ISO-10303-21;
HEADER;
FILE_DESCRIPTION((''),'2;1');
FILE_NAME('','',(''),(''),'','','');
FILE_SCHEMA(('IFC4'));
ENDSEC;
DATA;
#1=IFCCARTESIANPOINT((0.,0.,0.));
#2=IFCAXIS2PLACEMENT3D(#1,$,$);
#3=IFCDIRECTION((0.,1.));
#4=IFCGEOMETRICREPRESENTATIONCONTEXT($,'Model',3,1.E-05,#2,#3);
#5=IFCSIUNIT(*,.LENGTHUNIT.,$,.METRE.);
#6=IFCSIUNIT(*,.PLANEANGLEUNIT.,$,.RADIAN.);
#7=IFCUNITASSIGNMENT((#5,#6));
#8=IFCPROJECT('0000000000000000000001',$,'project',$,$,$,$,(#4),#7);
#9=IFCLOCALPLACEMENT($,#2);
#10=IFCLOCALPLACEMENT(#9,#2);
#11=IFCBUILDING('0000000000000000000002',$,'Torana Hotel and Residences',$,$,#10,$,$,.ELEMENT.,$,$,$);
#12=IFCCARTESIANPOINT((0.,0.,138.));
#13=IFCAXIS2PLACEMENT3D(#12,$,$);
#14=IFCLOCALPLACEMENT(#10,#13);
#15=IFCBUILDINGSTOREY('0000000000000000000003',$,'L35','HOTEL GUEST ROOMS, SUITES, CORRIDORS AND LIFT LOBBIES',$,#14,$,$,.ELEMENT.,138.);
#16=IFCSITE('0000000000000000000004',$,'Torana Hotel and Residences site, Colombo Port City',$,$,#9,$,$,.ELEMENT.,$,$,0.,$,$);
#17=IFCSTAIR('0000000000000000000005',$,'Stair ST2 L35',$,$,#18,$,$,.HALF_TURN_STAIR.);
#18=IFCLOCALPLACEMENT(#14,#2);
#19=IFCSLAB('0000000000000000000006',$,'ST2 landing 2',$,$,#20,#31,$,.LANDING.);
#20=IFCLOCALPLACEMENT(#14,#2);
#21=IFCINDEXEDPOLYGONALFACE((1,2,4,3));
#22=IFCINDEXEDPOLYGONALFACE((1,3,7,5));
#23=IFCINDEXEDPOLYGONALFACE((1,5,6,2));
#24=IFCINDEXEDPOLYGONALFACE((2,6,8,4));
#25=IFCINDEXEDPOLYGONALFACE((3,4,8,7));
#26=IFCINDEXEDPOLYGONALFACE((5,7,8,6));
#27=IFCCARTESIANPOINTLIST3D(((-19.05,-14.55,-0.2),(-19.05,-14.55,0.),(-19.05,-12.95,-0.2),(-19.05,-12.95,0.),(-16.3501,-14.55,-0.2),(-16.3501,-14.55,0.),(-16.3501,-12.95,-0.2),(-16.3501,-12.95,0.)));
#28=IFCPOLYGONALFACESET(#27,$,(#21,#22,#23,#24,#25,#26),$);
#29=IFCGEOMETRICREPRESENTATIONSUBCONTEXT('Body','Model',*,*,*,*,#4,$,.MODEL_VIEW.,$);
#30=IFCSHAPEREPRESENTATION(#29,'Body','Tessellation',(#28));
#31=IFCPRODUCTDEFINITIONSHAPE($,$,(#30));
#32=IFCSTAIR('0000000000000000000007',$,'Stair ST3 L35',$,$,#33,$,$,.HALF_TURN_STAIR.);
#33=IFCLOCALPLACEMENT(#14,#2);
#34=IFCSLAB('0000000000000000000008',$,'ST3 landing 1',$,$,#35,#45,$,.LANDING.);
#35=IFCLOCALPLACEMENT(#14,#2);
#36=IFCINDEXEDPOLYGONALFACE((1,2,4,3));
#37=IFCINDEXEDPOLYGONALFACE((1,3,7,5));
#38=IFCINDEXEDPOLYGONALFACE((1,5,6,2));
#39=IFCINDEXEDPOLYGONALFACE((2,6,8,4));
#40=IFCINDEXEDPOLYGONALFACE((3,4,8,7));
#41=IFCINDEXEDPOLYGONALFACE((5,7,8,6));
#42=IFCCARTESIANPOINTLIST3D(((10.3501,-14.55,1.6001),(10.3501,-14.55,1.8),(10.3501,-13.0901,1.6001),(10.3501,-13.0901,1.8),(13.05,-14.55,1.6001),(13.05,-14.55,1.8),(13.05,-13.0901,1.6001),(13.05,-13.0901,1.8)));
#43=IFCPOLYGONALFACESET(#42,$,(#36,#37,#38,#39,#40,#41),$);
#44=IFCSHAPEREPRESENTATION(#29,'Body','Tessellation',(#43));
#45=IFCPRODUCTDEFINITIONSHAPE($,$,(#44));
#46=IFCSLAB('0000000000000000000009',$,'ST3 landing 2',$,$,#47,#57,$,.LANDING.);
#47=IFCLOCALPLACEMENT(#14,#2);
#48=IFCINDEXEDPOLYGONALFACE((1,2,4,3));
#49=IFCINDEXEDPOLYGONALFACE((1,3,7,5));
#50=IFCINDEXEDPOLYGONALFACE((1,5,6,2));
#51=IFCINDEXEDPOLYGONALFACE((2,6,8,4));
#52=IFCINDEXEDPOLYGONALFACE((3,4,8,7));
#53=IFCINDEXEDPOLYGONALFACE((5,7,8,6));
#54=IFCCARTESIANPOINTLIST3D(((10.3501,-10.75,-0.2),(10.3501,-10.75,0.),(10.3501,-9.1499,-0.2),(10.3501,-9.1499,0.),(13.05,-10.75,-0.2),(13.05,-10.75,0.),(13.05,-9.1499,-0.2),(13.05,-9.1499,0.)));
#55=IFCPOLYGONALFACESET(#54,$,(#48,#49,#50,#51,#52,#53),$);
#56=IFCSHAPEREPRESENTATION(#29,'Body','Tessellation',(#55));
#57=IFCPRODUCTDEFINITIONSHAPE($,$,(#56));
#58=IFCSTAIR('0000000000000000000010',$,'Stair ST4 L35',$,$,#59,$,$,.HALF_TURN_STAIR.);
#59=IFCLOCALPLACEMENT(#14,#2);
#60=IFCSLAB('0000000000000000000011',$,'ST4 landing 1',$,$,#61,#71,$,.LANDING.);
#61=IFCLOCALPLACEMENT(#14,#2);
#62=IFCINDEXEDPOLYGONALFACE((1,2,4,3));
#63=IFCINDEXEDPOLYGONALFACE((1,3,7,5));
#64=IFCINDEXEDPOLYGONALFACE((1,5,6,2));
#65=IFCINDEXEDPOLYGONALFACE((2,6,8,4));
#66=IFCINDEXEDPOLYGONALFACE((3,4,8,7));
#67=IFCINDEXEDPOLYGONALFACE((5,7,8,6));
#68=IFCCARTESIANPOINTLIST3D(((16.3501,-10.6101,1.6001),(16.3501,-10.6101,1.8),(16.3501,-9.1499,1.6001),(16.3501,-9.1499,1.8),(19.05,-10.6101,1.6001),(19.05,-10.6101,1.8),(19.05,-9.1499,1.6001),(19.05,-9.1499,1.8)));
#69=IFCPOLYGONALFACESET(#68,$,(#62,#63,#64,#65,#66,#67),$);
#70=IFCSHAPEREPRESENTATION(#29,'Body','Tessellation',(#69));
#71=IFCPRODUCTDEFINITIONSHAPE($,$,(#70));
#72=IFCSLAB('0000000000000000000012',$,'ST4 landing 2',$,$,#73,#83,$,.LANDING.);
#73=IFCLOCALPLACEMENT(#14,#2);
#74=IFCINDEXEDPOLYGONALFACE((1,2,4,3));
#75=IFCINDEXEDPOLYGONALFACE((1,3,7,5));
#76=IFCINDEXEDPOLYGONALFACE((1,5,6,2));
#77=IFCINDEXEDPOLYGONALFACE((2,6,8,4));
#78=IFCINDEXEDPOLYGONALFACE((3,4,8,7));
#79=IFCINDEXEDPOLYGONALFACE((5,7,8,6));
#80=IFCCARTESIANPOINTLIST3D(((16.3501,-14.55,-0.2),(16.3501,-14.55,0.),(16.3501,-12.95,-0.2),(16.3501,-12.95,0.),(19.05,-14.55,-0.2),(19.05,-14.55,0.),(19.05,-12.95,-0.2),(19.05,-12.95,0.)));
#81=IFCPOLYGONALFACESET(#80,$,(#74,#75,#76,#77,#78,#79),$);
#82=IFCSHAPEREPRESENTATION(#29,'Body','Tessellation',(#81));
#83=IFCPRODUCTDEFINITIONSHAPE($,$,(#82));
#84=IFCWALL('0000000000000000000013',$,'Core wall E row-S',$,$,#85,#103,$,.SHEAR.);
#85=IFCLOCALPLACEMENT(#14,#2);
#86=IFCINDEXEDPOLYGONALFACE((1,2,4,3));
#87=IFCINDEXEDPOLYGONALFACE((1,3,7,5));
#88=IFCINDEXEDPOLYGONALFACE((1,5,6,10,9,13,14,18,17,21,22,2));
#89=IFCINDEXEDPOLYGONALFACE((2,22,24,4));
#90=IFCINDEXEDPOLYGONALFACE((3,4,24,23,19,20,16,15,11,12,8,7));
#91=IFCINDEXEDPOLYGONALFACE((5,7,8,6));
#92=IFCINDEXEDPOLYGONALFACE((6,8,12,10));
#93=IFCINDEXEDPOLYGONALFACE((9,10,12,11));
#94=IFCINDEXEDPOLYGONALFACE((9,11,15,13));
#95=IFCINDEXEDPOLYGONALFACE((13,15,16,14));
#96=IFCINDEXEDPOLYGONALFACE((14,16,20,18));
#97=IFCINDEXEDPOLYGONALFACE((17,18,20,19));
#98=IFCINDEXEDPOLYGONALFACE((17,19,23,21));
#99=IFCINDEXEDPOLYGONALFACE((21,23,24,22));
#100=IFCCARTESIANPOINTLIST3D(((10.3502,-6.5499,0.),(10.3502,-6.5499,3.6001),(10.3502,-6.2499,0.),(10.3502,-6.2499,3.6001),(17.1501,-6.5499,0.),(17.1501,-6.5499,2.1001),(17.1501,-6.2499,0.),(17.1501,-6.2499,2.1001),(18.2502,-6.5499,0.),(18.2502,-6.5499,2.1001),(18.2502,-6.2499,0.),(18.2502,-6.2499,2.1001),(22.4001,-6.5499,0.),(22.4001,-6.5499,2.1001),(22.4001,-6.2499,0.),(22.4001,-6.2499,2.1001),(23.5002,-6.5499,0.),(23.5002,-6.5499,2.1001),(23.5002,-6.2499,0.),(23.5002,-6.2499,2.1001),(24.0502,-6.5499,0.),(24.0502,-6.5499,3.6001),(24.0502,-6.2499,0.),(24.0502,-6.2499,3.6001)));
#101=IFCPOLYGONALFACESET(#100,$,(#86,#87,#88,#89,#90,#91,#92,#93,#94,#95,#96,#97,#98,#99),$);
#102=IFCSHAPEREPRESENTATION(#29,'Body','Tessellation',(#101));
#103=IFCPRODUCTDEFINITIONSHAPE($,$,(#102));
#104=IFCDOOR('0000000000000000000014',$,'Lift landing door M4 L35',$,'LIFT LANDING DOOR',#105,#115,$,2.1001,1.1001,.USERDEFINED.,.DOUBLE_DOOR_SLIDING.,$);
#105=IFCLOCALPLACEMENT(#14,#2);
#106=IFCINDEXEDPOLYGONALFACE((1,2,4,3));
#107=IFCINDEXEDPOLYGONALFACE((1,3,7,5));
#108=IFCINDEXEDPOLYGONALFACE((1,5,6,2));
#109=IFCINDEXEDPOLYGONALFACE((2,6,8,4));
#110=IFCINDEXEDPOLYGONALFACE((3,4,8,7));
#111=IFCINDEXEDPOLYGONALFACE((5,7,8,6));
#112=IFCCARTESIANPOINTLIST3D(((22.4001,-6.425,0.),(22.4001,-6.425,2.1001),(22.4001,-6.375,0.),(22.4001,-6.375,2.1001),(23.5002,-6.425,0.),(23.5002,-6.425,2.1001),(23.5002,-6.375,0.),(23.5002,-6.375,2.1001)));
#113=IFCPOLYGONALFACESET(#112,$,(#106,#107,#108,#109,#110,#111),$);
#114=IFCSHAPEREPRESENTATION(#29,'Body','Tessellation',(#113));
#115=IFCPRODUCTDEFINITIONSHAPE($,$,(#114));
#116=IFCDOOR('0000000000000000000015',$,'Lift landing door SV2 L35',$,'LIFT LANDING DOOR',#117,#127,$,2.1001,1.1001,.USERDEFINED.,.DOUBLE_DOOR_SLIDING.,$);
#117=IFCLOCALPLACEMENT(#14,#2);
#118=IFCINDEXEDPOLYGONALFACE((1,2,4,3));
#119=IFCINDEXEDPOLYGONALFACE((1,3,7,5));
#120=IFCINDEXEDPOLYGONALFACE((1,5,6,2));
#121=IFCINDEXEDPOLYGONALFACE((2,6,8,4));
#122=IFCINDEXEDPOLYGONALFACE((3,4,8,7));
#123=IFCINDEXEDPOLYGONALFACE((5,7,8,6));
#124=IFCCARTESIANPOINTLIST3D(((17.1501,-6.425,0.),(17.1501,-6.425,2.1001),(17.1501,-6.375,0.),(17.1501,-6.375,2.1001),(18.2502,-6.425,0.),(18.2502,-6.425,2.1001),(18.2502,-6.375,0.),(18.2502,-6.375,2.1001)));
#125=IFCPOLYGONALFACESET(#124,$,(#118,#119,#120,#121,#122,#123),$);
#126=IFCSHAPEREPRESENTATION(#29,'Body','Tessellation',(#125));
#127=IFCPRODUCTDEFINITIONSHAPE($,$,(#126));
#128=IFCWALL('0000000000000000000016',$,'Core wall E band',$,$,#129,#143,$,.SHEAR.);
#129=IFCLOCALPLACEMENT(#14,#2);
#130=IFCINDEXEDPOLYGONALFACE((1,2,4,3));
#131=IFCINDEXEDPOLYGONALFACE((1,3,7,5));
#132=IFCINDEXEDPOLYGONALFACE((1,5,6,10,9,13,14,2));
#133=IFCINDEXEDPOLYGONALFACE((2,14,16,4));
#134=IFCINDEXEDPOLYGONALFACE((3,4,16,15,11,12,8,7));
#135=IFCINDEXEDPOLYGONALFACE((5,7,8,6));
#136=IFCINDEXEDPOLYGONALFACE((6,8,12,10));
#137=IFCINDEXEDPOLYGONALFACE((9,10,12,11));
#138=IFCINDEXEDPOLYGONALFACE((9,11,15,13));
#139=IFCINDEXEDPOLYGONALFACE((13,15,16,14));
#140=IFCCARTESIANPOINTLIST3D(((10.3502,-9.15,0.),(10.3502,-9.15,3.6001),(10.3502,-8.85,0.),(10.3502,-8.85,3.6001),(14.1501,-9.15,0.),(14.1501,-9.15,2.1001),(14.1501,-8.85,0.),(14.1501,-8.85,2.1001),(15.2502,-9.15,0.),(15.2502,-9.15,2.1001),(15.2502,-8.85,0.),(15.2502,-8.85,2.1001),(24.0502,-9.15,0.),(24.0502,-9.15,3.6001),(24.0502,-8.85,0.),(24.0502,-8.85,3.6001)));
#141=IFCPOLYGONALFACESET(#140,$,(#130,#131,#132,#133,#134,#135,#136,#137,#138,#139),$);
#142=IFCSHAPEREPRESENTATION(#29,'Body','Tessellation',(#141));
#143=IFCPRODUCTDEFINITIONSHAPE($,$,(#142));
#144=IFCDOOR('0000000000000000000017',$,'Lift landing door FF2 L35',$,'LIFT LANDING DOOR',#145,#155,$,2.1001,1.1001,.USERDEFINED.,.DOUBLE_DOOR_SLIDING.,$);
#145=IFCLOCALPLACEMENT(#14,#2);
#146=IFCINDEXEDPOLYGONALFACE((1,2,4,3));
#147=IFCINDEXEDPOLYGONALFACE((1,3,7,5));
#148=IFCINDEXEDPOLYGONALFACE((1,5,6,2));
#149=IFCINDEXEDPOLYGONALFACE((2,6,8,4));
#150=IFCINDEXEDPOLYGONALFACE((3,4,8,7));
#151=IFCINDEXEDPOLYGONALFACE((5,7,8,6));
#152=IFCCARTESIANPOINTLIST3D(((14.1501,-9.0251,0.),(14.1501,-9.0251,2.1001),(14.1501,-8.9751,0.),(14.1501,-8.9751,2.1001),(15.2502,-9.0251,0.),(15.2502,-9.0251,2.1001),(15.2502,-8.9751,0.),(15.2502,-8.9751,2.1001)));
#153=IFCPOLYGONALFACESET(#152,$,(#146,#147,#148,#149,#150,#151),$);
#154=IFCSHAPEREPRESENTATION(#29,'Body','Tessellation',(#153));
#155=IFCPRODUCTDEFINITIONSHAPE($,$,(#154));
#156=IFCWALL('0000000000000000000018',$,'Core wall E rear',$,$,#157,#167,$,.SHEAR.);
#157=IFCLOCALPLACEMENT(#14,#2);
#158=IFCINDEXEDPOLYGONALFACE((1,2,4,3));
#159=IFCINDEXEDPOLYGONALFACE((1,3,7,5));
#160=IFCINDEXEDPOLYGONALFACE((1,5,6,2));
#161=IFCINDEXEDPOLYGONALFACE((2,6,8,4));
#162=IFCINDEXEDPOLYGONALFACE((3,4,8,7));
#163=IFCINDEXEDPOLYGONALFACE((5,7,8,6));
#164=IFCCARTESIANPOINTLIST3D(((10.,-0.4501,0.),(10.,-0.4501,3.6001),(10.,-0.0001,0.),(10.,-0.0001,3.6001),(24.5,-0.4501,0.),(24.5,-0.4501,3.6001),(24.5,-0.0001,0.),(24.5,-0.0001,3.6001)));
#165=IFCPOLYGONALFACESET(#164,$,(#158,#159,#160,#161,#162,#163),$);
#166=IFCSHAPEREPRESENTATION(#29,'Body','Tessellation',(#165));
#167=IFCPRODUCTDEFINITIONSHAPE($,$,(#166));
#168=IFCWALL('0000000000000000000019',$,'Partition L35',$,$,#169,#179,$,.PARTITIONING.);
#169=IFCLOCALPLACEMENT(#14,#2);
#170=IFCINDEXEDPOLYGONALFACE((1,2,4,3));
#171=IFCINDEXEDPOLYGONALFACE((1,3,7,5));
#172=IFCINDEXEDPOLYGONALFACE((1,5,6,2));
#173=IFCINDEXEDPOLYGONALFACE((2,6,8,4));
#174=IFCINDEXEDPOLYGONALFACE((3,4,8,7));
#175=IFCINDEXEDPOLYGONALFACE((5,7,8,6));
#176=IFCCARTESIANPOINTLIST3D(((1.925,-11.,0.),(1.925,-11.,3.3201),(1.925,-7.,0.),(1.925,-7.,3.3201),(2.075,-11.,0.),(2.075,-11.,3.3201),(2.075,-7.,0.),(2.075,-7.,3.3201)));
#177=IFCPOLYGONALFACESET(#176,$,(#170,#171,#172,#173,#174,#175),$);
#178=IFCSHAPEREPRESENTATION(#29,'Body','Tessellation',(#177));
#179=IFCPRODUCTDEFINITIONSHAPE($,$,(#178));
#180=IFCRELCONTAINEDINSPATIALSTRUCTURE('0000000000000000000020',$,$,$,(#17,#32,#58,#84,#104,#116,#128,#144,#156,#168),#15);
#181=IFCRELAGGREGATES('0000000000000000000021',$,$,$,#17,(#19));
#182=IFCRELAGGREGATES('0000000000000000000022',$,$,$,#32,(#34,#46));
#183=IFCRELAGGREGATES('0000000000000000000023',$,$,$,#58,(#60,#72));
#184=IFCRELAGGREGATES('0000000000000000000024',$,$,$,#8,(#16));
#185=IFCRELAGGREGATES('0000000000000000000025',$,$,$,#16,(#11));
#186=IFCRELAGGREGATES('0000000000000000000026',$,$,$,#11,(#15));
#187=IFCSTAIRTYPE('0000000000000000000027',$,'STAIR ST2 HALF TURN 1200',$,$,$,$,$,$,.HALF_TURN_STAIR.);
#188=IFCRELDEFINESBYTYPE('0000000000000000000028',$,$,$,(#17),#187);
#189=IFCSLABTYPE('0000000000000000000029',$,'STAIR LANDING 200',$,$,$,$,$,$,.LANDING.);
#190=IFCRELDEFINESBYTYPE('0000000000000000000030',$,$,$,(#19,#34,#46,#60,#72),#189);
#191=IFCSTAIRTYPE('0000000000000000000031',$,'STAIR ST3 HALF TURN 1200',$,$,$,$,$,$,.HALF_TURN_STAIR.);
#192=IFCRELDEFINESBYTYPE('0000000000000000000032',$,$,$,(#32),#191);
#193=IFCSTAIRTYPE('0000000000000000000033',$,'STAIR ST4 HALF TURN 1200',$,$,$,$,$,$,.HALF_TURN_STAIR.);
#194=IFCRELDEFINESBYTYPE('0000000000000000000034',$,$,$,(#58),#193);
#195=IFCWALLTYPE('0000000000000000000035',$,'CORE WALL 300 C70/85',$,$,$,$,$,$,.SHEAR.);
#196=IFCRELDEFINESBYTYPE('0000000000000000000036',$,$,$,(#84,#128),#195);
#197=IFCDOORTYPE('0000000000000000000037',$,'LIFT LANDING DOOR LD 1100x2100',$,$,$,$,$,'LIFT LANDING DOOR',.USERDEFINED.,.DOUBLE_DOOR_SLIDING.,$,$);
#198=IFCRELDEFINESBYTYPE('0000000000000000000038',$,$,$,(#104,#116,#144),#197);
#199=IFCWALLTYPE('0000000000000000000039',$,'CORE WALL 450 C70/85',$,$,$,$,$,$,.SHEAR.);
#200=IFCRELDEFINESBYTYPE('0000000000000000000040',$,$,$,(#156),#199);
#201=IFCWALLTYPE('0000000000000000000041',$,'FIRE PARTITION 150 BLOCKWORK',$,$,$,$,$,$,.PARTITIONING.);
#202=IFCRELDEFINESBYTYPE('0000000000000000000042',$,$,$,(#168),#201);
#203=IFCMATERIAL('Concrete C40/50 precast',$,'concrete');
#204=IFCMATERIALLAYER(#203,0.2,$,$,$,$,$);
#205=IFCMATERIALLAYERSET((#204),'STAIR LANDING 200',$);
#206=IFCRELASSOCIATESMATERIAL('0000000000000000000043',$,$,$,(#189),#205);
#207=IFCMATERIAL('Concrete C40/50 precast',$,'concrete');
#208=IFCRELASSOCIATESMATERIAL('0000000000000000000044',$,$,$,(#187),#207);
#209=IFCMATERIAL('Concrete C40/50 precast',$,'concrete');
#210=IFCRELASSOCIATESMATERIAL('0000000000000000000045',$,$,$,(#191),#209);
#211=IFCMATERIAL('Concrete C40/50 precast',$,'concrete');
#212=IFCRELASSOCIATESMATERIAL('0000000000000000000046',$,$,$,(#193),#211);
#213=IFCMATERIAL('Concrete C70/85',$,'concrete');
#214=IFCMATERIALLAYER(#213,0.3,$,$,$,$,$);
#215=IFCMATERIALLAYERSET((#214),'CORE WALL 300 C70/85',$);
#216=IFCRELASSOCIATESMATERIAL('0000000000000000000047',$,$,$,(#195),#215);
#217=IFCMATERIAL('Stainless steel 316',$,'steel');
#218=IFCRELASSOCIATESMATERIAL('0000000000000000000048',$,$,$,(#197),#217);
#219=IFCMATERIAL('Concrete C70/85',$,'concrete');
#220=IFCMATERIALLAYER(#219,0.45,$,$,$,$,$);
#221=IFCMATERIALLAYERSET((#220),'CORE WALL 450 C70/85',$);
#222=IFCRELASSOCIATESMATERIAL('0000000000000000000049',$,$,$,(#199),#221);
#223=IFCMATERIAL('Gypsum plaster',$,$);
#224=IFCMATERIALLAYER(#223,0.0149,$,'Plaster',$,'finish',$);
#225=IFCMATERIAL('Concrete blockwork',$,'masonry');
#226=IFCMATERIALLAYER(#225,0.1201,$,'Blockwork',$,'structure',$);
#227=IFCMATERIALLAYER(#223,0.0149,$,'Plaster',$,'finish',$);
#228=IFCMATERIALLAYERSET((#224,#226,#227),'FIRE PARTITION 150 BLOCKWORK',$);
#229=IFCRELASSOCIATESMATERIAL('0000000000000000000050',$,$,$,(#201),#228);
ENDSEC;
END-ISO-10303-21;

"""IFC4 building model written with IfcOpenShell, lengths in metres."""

from ifc_helpers import new_model, si_unit, direction, frame, frame_2d, origin, place, context, subcontext, project, spatial, polyline, rectangle, outline, extrude, material, layer, layer_set, type_object, element, fill, aggregate, save


model = new_model("IFC4")

# Units and contexts
model_context = context("Model", 3, precision=1e-05, world=origin(), true_north=direction((0.0, 1.0)))
body_context = subcontext(model_context, "Body", "Model", "MODEL_VIEW")
ifc_project = project(units=[si_unit("LENGTHUNIT", "METRE"), si_unit("PLANEANGLEUNIT", "RADIAN")], contexts=[model_context])

# Site, building, storey
site_placement = place(None, origin())
site = spatial("IfcSite", under=ifc_project, at=site_placement, Name="Torana Hotel and Residences site, Colombo Port City", CompositionType="ELEMENT", RefElevation=0.0)
building_placement = place(site_placement, origin())
building = spatial("IfcBuilding", under=site, at=building_placement, Name="Torana Hotel and Residences", CompositionType="ELEMENT")
storey_placement = place(building_placement, frame((0.0, 0.0, 138.0)))
storey = spatial("IfcBuildingStorey", under=building, at=storey_placement, Name="L35", Description="HOTEL GUEST ROOMS, SUITES, CORRIDORS AND LIFT LOBBIES", CompositionType="ELEMENT", Elevation=138.0)

# Stairs, slabs
ifc_material_1 = material(Name="Concrete C40/50 precast", Category="concrete")
ifc_layer_1 = layer(ifc_material_1, 0.2)
ifc_layer_set_1 = layer_set([ifc_layer_1], Name="STAIR LANDING 200")
slab_type_1 = type_object("IfcSlabType", Name="STAIR LANDING 200", PredefinedType="LANDING", material=ifc_layer_set_1)
ifc_material_2 = material(Name="Concrete C40/50 precast", Category="concrete")
stair_type_1 = type_object("IfcStairType", Name="STAIR ST2 HALF TURN 1200", PredefinedType="HALF_TURN_STAIR", material=ifc_material_2)
stair_1_placement = place(storey_placement, origin())
stair_1 = element("IfcStair", 1, at=stair_1_placement, inside=storey, type_object=stair_type_1, Name="Stair ST2 L35", PredefinedType="HALF_TURN_STAIR")
slab_1_placement = place(storey_placement, frame((0.0, 0.0, -0.2)))
slab_1 = element("IfcSlab", 2, at=slab_1_placement, type_object=slab_type_1, Name="ST2 landing 2", PredefinedType="LANDING", context=body_context, shape_type="SweptSolid", body=[
    extrude(outline(polyline([(-19.05, -14.55), (-16.3501, -14.55), (-16.3501, -12.95), (-19.05, -12.95), (-19.05, -14.55)])), origin(), (0.0, 0.0, 1.0), 0.2),
])
aggregate(stair_1, [slab_1])
ifc_material_3 = material(Name="Concrete C40/50 precast", Category="concrete")
stair_type_2 = type_object("IfcStairType", Name="STAIR ST3 HALF TURN 1200", PredefinedType="HALF_TURN_STAIR", material=ifc_material_3)
stair_2_placement = place(storey_placement, origin())
stair_2 = element("IfcStair", 3, at=stair_2_placement, inside=storey, type_object=stair_type_2, Name="Stair ST3 L35", PredefinedType="HALF_TURN_STAIR")
slab_2_placement = place(storey_placement, frame((0.0, 0.0, 1.6001)))
slab_2 = element("IfcSlab", 4, at=slab_2_placement, type_object=slab_type_1, Name="ST3 landing 1", PredefinedType="LANDING", context=body_context, shape_type="SweptSolid", body=[
    extrude(outline(polyline([(10.3501, -14.55), (13.05, -14.55), (13.05, -13.0901), (10.3501, -13.0901), (10.3501, -14.55)])), origin(), (0.0, 0.0, 1.0), 0.2),
])
slab_3_placement = place(storey_placement, frame((0.0, 0.0, -0.2)))
slab_3 = element("IfcSlab", 5, at=slab_3_placement, type_object=slab_type_1, Name="ST3 landing 2", PredefinedType="LANDING", context=body_context, shape_type="SweptSolid", body=[
    extrude(outline(polyline([(10.3501, -10.75), (13.05, -10.75), (13.05, -9.1499), (10.3501, -9.1499), (10.3501, -10.75)])), origin(), (0.0, 0.0, 1.0), 0.2),
])
aggregate(stair_2, [slab_2, slab_3])
ifc_material_4 = material(Name="Concrete C40/50 precast", Category="concrete")
stair_type_3 = type_object("IfcStairType", Name="STAIR ST4 HALF TURN 1200", PredefinedType="HALF_TURN_STAIR", material=ifc_material_4)
stair_3_placement = place(storey_placement, origin())
stair_3 = element("IfcStair", 6, at=stair_3_placement, inside=storey, type_object=stair_type_3, Name="Stair ST4 L35", PredefinedType="HALF_TURN_STAIR")
slab_4_placement = place(storey_placement, frame((0.0, 0.0, 1.6001)))
slab_4 = element("IfcSlab", 7, at=slab_4_placement, type_object=slab_type_1, Name="ST4 landing 1", PredefinedType="LANDING", context=body_context, shape_type="SweptSolid", body=[
    extrude(outline(polyline([(16.3501, -10.6101), (19.05, -10.6101), (19.05, -9.1499), (16.3501, -9.1499), (16.3501, -10.6101)])), origin(), (0.0, 0.0, 1.0), 0.2),
])
slab_5_placement = place(storey_placement, frame((0.0, 0.0, -0.2)))
slab_5 = element("IfcSlab", 8, at=slab_5_placement, type_object=slab_type_1, Name="ST4 landing 2", PredefinedType="LANDING", context=body_context, shape_type="SweptSolid", body=[
    extrude(outline(polyline([(16.3501, -14.55), (19.05, -14.55), (19.05, -12.95), (16.3501, -12.95), (16.3501, -14.55)])), origin(), (0.0, 0.0, 1.0), 0.2),
])
aggregate(stair_3, [slab_4, slab_5])

# Wall, openings, doors
ifc_material_5 = material(Name="Concrete C70/85", Category="concrete")
ifc_layer_2 = layer(ifc_material_5, 0.3)
ifc_layer_set_2 = layer_set([ifc_layer_2], Name="CORE WALL 300 C70/85")
wall_type_1 = type_object("IfcWallType", Name="CORE WALL 300 C70/85", PredefinedType="SHEAR", material=ifc_layer_set_2)
wall_1_placement = place(storey_placement, frame((10.3501, -6.3999, 0.0), z_axis=(0.0, 0.0, 1.0), x_axis=(1.0, 0.0, 0.0)))
wall_1 = element("IfcWall", 9, at=wall_1_placement, inside=storey, type_object=wall_type_1, Name="Core wall E row-S", PredefinedType="SHEAR", context=body_context, shape_type="SweptSolid", body=[
    extrude(rectangle(XDim=13.7, YDim=0.3, at=frame_2d((6.8501, 0.0))), origin(), (0.0, 0.0, 1.0), 3.6001),
])
opening_1_placement = place(wall_1_placement, frame((12.05, 0.0, 0.0)))
opening_1 = element("IfcOpeningElement", 10, at=opening_1_placement, cuts=wall_1, PredefinedType="OPENING", context=body_context, shape_type="SweptSolid", body=[
    extrude(rectangle(XDim=1.1001, YDim=2.1001, at=frame_2d((0.55, 1.05))), frame((0.0, 0.1599, 0.0), z_axis=(0.0, -1.0, 0.0), x_axis=(1.0, 0.0, 0.0)), (0.0, 0.0, 1.0), 0.3201),
])
opening_2_placement = place(wall_1_placement, frame((6.8, 0.0, 0.0)))
opening_2 = element("IfcOpeningElement", 11, at=opening_2_placement, cuts=wall_1, PredefinedType="OPENING", context=body_context, shape_type="SweptSolid", body=[
    extrude(rectangle(XDim=1.1001, YDim=2.1001, at=frame_2d((0.55, 1.05))), frame((0.0, 0.1599, 0.0), z_axis=(0.0, -1.0, 0.0), x_axis=(1.0, 0.0, 0.0)), (0.0, 0.0, 1.0), 0.3201),
])
ifc_material_6 = material(Name="Stainless steel 316", Category="steel")
door_type = type_object("IfcDoorType", Name="LIFT LANDING DOOR LD 1100x2100", ElementType="LIFT LANDING DOOR", OperationType="DOUBLE_DOOR_SLIDING", PredefinedType="USERDEFINED", material=ifc_material_6)
door_1_placement = place(opening_1_placement, origin())
door_1 = element("IfcDoor", 12, at=door_1_placement, inside=storey, type_object=door_type, Name="Lift landing door M4 L35", ObjectType="LIFT LANDING DOOR", OperationType="DOUBLE_DOOR_SLIDING", OverallHeight=2.1001, OverallWidth=1.1001, PredefinedType="USERDEFINED", context=body_context, shape_type="SweptSolid", body=[
    extrude(rectangle(XDim=1.1001, YDim=2.1001, at=frame_2d((0.55, 1.05))), frame((0.0, 0.0249, 0.0), z_axis=(0.0, -1.0, 0.0), x_axis=(1.0, 0.0, 0.0)), (0.0, 0.0, 1.0), 0.05),
])
fill(opening_1, door_1)
door_2_placement = place(opening_2_placement, origin())
door_2 = element("IfcDoor", 13, at=door_2_placement, inside=storey, type_object=door_type, Name="Lift landing door SV2 L35", ObjectType="LIFT LANDING DOOR", OperationType="DOUBLE_DOOR_SLIDING", OverallHeight=2.1001, OverallWidth=1.1001, PredefinedType="USERDEFINED", context=body_context, shape_type="SweptSolid", body=[
    extrude(rectangle(XDim=1.1001, YDim=2.1001, at=frame_2d((0.55, 1.05))), frame((0.0, 0.0249, 0.0), z_axis=(0.0, -1.0, 0.0), x_axis=(1.0, 0.0, 0.0)), (0.0, 0.0, 1.0), 0.05),
])
fill(opening_2, door_2)

# Wall, opening, door
wall_2_placement = place(storey_placement, frame((10.3501, -9.0, 0.0), z_axis=(0.0, 0.0, 1.0), x_axis=(1.0, 0.0, 0.0)))
wall_2 = element("IfcWall", 14, at=wall_2_placement, inside=storey, type_object=wall_type_1, Name="Core wall E band", PredefinedType="SHEAR", context=body_context, shape_type="SweptSolid", body=[
    extrude(rectangle(XDim=13.7, YDim=0.3, at=frame_2d((6.8501, 0.0))), origin(), (0.0, 0.0, 1.0), 3.6001),
])
opening_3_placement = place(wall_2_placement, frame((3.8, 0.0, 0.0)))
opening_3 = element("IfcOpeningElement", 15, at=opening_3_placement, cuts=wall_2, PredefinedType="OPENING", context=body_context, shape_type="SweptSolid", body=[
    extrude(rectangle(XDim=1.1001, YDim=2.1001, at=frame_2d((0.55, 1.05))), frame((0.0, 0.1599, 0.0), z_axis=(0.0, -1.0, 0.0), x_axis=(1.0, 0.0, 0.0)), (0.0, 0.0, 1.0), 0.3201),
])
door_3_placement = place(opening_3_placement, origin())
door_3 = element("IfcDoor", 16, at=door_3_placement, inside=storey, type_object=door_type, Name="Lift landing door FF2 L35", ObjectType="LIFT LANDING DOOR", OperationType="DOUBLE_DOOR_SLIDING", OverallHeight=2.1001, OverallWidth=1.1001, PredefinedType="USERDEFINED", context=body_context, shape_type="SweptSolid", body=[
    extrude(rectangle(XDim=1.1001, YDim=2.1001, at=frame_2d((0.55, 1.05))), frame((0.0, 0.0249, 0.0), z_axis=(0.0, -1.0, 0.0), x_axis=(1.0, 0.0, 0.0)), (0.0, 0.0, 1.0), 0.05),
])
fill(opening_3, door_3)

# Walls
ifc_material_7 = material(Name="Concrete C70/85", Category="concrete")
ifc_layer_3 = layer(ifc_material_7, 0.45)
ifc_layer_set_3 = layer_set([ifc_layer_3], Name="CORE WALL 450 C70/85")
wall_type_2 = type_object("IfcWallType", Name="CORE WALL 450 C70/85", PredefinedType="SHEAR", material=ifc_layer_set_3)
wall_3_placement = place(storey_placement, frame((10.0, -0.2251, 0.0), z_axis=(0.0, 0.0, 1.0), x_axis=(1.0, 0.0, 0.0)))
element("IfcWall", 17, at=wall_3_placement, inside=storey, type_object=wall_type_2, Name="Core wall E rear", PredefinedType="SHEAR", context=body_context, shape_type="SweptSolid", body=[
    extrude(rectangle(XDim=14.5, YDim=0.45, at=frame_2d((7.25, 0.0))), origin(), (0.0, 0.0, 1.0), 3.6001),
])
ifc_material_8 = material(Name="Gypsum plaster")
ifc_layer_4 = layer(ifc_material_8, 0.0149, Name="Plaster", Category="finish")
ifc_material_9 = material(Name="Concrete blockwork", Category="masonry")
ifc_layer_5 = layer(ifc_material_9, 0.1201, Name="Blockwork", Category="structure")
ifc_layer_6 = layer(ifc_material_8, 0.0149, Name="Plaster", Category="finish")
ifc_layer_set_4 = layer_set([ifc_layer_4, ifc_layer_5, ifc_layer_6], Name="FIRE PARTITION 150 BLOCKWORK")
wall_type_3 = type_object("IfcWallType", Name="FIRE PARTITION 150 BLOCKWORK", PredefinedType="PARTITIONING", material=ifc_layer_set_4)
wall_4_placement = place(storey_placement, frame((2.0, -11.0, 0.0), z_axis=(0.0, 0.0, 1.0), x_axis=(0.0, 1.0, 0.0)))
element("IfcWall", 18, at=wall_4_placement, inside=storey, type_object=wall_type_3, Name="Partition L35", PredefinedType="PARTITIONING", context=body_context, shape_type="SweptSolid", body=[
    extrude(rectangle(XDim=4.0, YDim=0.1499, at=frame_2d((2.0, 0.0))), origin(), (0.0, 0.0, 1.0), 3.3201),
])

save(model, "model.ifc")
